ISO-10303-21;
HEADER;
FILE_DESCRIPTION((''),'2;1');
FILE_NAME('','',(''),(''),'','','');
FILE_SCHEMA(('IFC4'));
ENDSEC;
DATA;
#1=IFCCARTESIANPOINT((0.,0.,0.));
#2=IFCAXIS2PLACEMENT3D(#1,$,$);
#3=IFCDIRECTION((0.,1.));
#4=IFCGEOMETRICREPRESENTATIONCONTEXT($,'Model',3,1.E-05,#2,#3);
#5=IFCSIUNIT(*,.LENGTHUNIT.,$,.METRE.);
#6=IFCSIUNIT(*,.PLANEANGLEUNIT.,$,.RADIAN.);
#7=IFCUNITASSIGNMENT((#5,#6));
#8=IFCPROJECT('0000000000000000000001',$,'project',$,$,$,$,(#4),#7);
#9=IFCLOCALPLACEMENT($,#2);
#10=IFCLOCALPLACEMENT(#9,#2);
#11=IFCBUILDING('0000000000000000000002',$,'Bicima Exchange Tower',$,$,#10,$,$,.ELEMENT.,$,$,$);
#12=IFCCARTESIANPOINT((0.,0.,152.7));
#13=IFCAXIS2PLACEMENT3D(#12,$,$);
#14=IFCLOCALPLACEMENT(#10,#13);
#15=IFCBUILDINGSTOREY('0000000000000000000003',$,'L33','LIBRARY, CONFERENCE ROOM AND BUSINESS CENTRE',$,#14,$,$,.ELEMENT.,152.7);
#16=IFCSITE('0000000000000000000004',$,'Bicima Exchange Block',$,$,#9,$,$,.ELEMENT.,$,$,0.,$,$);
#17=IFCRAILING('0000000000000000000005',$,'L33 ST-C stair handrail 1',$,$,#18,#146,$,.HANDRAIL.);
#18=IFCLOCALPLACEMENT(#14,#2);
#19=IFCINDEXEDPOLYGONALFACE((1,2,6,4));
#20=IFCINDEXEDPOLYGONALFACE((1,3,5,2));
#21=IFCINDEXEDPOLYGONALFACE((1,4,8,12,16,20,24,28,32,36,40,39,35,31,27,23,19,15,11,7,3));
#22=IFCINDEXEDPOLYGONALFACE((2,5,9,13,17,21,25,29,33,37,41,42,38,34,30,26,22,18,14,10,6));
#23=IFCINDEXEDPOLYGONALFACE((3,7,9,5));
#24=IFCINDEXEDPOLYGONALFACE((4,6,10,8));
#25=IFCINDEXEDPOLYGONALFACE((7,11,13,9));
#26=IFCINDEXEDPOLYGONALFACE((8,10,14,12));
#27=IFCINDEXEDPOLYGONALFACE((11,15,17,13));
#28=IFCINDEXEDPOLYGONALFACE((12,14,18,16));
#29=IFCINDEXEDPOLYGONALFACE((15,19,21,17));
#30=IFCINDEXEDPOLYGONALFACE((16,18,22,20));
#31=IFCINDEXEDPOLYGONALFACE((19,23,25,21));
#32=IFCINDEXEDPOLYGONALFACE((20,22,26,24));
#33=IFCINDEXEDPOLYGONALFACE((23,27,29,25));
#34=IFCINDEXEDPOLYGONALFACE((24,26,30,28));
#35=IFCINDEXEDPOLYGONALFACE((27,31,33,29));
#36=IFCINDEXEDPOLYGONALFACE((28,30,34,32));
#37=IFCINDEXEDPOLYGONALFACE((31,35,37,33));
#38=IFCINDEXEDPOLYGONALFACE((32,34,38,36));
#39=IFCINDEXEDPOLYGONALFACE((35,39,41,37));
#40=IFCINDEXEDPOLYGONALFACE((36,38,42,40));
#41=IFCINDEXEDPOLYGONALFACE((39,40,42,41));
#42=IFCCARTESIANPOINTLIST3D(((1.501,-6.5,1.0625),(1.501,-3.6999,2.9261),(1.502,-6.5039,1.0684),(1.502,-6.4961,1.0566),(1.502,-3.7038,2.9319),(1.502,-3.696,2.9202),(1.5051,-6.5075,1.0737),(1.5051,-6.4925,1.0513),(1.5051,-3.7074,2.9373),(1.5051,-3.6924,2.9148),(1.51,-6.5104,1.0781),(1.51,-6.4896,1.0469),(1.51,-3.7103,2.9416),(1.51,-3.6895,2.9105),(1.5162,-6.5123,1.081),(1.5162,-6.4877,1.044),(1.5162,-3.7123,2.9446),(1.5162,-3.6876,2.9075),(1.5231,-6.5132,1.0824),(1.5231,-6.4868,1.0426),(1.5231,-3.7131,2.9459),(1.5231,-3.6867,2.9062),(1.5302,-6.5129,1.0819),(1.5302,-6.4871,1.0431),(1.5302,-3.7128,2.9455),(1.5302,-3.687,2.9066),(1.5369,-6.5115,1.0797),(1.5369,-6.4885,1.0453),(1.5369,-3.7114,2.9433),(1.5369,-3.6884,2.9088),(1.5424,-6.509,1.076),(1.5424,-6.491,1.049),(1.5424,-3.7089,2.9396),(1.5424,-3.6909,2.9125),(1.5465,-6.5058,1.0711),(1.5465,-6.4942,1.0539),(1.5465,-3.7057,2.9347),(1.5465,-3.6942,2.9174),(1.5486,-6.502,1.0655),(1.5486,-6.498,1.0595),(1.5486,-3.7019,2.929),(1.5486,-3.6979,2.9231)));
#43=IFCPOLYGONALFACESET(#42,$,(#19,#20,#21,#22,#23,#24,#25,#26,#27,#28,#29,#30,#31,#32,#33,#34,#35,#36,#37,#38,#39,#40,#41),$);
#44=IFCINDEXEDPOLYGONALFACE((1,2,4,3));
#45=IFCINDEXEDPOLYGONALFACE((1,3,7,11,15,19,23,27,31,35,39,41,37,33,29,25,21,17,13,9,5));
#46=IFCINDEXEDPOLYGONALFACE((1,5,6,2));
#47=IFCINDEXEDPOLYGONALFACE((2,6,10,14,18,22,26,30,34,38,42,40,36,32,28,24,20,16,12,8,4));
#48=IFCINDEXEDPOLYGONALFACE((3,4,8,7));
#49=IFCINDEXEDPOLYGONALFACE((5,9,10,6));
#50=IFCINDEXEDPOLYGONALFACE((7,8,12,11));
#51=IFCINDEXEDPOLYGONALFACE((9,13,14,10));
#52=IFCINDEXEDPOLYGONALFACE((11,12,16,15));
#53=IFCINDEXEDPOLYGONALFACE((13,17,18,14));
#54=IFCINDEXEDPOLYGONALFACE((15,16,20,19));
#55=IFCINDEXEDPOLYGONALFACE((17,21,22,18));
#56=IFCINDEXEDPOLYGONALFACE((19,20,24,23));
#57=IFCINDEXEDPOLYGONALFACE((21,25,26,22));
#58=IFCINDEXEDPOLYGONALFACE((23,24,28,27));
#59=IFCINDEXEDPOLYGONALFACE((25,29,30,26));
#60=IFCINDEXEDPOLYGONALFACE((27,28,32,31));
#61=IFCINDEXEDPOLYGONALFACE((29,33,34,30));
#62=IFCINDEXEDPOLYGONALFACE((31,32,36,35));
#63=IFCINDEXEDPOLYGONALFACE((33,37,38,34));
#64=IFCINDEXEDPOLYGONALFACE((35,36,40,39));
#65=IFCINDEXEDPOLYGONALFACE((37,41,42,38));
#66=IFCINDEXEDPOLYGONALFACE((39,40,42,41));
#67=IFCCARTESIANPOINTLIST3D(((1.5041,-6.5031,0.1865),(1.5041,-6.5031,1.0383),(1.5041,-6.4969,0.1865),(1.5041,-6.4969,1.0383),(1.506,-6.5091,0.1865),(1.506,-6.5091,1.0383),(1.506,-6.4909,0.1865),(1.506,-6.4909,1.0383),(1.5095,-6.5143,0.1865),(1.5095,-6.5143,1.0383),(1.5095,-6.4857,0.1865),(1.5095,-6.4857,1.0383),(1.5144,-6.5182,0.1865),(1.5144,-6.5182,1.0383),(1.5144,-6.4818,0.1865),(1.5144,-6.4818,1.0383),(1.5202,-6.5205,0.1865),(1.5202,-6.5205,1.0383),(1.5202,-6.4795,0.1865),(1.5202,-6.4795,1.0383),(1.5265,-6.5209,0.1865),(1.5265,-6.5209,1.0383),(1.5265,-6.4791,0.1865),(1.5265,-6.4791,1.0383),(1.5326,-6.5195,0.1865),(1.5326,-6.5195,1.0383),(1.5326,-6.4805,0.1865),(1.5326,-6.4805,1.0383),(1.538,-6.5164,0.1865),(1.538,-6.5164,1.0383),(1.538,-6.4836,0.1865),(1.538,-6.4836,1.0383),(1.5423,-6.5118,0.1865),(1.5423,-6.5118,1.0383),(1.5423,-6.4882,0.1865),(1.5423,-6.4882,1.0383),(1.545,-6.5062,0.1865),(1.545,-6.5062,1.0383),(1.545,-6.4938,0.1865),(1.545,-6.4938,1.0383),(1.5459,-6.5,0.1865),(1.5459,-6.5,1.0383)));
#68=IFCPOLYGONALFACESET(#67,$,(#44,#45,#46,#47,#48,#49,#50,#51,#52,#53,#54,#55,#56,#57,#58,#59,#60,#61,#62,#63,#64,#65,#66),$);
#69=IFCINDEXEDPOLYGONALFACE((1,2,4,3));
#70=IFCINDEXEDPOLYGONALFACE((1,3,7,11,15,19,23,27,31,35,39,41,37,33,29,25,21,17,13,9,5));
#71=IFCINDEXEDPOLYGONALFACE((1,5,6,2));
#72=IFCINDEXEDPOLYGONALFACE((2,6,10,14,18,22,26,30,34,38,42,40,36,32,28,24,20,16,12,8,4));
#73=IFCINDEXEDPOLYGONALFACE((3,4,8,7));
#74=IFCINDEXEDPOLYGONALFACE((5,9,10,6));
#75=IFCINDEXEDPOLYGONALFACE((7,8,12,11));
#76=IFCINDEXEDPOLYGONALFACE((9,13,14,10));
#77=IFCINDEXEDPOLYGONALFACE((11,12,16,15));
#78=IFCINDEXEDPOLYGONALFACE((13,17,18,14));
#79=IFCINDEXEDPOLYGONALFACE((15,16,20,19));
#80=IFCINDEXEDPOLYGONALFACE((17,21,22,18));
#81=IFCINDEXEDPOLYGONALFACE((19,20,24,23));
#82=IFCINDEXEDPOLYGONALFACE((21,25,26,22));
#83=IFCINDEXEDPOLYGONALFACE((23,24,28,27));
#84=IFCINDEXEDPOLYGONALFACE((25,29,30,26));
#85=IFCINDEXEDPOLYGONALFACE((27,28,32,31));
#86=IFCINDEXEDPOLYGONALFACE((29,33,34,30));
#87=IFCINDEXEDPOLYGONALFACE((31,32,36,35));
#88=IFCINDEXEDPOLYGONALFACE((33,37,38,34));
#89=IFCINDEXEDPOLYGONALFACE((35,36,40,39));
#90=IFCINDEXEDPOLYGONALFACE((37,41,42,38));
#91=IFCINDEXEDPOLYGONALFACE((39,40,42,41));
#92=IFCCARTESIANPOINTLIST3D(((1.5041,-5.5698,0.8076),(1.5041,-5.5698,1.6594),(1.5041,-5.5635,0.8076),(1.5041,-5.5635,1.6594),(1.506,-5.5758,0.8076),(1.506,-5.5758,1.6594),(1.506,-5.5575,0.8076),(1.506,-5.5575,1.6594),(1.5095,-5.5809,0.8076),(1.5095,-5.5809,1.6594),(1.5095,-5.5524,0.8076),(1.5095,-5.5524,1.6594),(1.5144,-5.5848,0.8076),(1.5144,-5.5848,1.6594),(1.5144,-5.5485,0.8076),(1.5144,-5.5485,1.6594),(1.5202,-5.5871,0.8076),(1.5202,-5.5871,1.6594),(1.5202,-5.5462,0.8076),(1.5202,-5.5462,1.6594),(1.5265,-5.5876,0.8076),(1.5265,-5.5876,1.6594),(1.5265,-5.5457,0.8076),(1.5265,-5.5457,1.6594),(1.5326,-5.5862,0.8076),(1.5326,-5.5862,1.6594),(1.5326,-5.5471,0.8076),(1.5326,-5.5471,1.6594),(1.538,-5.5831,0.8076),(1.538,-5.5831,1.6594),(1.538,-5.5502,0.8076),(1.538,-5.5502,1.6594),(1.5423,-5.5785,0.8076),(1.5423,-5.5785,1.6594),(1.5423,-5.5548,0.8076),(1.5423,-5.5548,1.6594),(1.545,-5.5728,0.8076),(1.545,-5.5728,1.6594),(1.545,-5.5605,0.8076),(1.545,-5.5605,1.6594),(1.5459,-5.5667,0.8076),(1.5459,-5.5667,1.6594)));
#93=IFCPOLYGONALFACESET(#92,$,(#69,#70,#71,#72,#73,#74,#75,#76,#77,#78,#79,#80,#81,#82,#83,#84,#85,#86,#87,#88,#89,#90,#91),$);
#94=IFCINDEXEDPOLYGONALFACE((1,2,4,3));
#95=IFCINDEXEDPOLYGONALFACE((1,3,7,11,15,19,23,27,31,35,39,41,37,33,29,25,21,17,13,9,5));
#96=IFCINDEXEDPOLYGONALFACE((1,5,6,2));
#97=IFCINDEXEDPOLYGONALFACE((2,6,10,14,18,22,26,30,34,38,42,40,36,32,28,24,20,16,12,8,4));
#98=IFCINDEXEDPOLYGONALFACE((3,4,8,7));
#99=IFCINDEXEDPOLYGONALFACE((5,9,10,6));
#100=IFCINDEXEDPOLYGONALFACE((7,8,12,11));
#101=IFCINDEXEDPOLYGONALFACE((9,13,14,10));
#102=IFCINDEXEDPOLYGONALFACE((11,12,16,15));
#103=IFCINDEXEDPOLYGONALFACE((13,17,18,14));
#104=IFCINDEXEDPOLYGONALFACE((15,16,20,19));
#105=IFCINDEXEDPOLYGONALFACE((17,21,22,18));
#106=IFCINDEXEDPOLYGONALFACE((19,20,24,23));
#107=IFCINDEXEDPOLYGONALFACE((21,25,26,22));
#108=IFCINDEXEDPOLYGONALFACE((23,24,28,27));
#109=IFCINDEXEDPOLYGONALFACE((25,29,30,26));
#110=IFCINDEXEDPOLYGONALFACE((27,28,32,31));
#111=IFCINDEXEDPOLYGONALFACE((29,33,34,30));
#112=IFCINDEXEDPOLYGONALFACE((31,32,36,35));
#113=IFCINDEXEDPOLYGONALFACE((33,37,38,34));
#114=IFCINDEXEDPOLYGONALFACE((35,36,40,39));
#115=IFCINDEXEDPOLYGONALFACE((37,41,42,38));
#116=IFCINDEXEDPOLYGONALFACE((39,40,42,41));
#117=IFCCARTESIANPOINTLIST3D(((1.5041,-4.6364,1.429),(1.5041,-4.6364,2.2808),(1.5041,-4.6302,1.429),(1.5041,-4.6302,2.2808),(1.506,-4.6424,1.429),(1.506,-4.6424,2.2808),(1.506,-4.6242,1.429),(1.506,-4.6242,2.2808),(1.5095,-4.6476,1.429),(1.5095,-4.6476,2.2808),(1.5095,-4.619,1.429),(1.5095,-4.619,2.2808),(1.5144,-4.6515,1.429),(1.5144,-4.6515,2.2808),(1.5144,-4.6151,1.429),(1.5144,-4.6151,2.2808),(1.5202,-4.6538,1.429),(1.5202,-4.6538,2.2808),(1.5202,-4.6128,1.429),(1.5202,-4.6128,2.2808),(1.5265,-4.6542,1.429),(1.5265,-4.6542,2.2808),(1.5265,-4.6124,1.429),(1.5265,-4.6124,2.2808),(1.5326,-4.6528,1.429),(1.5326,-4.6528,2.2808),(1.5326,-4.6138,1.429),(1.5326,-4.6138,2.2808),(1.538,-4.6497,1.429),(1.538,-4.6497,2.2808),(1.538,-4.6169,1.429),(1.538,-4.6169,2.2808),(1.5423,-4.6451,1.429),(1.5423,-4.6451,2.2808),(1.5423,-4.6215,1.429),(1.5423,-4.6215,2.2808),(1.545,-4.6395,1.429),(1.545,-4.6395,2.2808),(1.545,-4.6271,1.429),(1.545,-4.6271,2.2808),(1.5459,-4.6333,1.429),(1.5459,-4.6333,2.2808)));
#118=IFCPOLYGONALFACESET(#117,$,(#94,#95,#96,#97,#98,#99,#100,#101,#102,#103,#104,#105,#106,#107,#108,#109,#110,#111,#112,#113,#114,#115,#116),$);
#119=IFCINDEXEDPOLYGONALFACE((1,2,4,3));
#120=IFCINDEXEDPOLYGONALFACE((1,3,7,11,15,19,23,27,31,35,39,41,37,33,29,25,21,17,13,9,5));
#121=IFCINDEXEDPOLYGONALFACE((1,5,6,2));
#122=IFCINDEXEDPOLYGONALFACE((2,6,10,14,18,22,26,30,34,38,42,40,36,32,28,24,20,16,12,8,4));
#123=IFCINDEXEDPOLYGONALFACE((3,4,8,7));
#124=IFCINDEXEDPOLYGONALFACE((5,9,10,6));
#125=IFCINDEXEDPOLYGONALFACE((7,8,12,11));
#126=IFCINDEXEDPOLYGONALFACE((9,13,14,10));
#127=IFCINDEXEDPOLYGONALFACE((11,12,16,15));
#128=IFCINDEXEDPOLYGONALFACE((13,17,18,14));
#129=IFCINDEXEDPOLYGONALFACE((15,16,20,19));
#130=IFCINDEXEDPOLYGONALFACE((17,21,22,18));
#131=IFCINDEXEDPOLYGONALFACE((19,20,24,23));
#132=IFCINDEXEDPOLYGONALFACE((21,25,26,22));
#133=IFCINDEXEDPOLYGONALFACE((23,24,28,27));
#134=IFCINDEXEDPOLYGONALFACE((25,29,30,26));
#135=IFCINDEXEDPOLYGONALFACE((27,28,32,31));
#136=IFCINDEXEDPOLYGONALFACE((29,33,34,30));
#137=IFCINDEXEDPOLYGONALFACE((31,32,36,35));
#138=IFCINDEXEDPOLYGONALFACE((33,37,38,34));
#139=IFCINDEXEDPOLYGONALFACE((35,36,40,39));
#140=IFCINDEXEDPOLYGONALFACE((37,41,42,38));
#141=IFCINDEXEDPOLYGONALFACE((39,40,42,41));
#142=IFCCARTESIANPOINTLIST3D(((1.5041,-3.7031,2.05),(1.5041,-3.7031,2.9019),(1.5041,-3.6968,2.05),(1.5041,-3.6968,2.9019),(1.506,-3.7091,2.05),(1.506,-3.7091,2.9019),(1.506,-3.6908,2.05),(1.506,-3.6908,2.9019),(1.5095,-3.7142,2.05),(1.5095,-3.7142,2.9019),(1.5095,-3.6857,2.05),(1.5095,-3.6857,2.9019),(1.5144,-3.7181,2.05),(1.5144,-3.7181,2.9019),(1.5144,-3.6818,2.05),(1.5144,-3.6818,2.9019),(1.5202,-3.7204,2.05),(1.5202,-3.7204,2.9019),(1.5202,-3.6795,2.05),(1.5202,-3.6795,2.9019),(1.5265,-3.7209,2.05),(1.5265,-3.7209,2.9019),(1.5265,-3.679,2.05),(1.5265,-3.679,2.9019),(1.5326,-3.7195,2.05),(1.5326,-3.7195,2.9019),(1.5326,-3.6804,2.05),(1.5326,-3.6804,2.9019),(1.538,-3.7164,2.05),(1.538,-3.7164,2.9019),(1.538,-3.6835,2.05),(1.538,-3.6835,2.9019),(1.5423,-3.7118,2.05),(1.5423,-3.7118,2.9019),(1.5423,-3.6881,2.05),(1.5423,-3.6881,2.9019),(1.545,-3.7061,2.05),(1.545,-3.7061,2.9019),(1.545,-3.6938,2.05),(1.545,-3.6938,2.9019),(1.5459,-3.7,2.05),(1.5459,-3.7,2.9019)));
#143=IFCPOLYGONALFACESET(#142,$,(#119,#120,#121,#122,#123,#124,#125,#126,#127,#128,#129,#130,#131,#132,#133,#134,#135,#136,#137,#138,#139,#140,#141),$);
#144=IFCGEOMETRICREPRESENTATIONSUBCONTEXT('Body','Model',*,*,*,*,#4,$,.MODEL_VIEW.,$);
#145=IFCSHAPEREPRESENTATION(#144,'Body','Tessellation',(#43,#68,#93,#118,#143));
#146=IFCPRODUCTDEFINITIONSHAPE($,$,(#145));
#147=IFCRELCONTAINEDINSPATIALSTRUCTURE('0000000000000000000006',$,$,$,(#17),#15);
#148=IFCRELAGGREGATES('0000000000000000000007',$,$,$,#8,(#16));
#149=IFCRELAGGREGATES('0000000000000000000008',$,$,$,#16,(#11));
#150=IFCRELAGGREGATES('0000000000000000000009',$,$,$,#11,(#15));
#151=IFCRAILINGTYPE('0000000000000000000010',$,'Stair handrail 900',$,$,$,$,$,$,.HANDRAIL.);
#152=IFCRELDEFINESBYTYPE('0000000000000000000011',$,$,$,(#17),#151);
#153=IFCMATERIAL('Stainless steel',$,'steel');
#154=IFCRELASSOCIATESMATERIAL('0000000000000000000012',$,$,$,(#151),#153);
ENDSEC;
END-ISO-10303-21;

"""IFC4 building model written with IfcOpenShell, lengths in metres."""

from ifc_helpers import new_model, si_unit, direction, frame, origin, origin_2d, place, context, subcontext, project, spatial, circle, extrude, material, type_object, element, save


model = new_model("IFC4")

# Units and contexts
model_context = context("Model", 3, precision=1e-05, world=origin(), true_north=direction((0.0, 1.0)))
body_context = subcontext(model_context, "Body", "Model", "MODEL_VIEW")
ifc_project = project(units=[si_unit("LENGTHUNIT", "METRE"), si_unit("PLANEANGLEUNIT", "RADIAN")], contexts=[model_context])

# Site, building, storey
site_placement = place(None, origin())
site = spatial("IfcSite", under=ifc_project, at=site_placement, Name="Bicima Exchange Block", CompositionType="ELEMENT", RefElevation=0.0)
building_placement = place(site_placement, origin())
building = spatial("IfcBuilding", under=site, at=building_placement, Name="Bicima Exchange Tower", CompositionType="ELEMENT")
storey_placement = place(building_placement, frame((0.0, 0.0, 152.7)))
storey = spatial("IfcBuildingStorey", under=building, at=storey_placement, Name="L33", Description="LIBRARY, CONFERENCE ROOM AND BUSINESS CENTRE", CompositionType="ELEMENT", Elevation=152.7)

# Shared definitions
ifc_material_1 = material(Name="Stainless steel", Category="steel")

# Railing
railing_type_1 = type_object("IfcRailingType", Name="Stair handrail 900", PredefinedType="HANDRAIL", material=ifc_material_1)
railing_1_placement = place(storey_placement, frame((1.5249, -6.5, 0.1865)))
element("IfcRailing", 1, at=railing_1_placement, inside=storey, type_object=railing_type_1, Name="L33 ST-C stair handrail 1", PredefinedType="HANDRAIL", context=body_context, shape_type="SweptSolid", body=[
    extrude(circle(Radius=0.0239, at=origin_2d()), frame((0.0, 0.0, 0.876), z_axis=(0.0, 0.832486, 0.554047), x_axis=(-1.0, 0.0, 0.0)), (0.0, 0.0, 1.0), 3.3635),
    extrude(circle(Radius=0.021, at=origin_2d()), origin(), (0.0, 0.0, 1.0), 0.8518),
    extrude(circle(Radius=0.021, at=origin_2d()), frame((0.0, 0.9333, 0.6211)), (0.0, 0.0, 1.0), 0.8518),
    extrude(circle(Radius=0.021, at=origin_2d()), frame((0.0, 1.8667, 1.2424)), (0.0, 0.0, 1.0), 0.8518),
    extrude(circle(Radius=0.021, at=origin_2d()), frame((0.0, 2.8, 1.8635)), (0.0, 0.0, 1.0), 0.8518),
])

save(model, "model.ifc")
